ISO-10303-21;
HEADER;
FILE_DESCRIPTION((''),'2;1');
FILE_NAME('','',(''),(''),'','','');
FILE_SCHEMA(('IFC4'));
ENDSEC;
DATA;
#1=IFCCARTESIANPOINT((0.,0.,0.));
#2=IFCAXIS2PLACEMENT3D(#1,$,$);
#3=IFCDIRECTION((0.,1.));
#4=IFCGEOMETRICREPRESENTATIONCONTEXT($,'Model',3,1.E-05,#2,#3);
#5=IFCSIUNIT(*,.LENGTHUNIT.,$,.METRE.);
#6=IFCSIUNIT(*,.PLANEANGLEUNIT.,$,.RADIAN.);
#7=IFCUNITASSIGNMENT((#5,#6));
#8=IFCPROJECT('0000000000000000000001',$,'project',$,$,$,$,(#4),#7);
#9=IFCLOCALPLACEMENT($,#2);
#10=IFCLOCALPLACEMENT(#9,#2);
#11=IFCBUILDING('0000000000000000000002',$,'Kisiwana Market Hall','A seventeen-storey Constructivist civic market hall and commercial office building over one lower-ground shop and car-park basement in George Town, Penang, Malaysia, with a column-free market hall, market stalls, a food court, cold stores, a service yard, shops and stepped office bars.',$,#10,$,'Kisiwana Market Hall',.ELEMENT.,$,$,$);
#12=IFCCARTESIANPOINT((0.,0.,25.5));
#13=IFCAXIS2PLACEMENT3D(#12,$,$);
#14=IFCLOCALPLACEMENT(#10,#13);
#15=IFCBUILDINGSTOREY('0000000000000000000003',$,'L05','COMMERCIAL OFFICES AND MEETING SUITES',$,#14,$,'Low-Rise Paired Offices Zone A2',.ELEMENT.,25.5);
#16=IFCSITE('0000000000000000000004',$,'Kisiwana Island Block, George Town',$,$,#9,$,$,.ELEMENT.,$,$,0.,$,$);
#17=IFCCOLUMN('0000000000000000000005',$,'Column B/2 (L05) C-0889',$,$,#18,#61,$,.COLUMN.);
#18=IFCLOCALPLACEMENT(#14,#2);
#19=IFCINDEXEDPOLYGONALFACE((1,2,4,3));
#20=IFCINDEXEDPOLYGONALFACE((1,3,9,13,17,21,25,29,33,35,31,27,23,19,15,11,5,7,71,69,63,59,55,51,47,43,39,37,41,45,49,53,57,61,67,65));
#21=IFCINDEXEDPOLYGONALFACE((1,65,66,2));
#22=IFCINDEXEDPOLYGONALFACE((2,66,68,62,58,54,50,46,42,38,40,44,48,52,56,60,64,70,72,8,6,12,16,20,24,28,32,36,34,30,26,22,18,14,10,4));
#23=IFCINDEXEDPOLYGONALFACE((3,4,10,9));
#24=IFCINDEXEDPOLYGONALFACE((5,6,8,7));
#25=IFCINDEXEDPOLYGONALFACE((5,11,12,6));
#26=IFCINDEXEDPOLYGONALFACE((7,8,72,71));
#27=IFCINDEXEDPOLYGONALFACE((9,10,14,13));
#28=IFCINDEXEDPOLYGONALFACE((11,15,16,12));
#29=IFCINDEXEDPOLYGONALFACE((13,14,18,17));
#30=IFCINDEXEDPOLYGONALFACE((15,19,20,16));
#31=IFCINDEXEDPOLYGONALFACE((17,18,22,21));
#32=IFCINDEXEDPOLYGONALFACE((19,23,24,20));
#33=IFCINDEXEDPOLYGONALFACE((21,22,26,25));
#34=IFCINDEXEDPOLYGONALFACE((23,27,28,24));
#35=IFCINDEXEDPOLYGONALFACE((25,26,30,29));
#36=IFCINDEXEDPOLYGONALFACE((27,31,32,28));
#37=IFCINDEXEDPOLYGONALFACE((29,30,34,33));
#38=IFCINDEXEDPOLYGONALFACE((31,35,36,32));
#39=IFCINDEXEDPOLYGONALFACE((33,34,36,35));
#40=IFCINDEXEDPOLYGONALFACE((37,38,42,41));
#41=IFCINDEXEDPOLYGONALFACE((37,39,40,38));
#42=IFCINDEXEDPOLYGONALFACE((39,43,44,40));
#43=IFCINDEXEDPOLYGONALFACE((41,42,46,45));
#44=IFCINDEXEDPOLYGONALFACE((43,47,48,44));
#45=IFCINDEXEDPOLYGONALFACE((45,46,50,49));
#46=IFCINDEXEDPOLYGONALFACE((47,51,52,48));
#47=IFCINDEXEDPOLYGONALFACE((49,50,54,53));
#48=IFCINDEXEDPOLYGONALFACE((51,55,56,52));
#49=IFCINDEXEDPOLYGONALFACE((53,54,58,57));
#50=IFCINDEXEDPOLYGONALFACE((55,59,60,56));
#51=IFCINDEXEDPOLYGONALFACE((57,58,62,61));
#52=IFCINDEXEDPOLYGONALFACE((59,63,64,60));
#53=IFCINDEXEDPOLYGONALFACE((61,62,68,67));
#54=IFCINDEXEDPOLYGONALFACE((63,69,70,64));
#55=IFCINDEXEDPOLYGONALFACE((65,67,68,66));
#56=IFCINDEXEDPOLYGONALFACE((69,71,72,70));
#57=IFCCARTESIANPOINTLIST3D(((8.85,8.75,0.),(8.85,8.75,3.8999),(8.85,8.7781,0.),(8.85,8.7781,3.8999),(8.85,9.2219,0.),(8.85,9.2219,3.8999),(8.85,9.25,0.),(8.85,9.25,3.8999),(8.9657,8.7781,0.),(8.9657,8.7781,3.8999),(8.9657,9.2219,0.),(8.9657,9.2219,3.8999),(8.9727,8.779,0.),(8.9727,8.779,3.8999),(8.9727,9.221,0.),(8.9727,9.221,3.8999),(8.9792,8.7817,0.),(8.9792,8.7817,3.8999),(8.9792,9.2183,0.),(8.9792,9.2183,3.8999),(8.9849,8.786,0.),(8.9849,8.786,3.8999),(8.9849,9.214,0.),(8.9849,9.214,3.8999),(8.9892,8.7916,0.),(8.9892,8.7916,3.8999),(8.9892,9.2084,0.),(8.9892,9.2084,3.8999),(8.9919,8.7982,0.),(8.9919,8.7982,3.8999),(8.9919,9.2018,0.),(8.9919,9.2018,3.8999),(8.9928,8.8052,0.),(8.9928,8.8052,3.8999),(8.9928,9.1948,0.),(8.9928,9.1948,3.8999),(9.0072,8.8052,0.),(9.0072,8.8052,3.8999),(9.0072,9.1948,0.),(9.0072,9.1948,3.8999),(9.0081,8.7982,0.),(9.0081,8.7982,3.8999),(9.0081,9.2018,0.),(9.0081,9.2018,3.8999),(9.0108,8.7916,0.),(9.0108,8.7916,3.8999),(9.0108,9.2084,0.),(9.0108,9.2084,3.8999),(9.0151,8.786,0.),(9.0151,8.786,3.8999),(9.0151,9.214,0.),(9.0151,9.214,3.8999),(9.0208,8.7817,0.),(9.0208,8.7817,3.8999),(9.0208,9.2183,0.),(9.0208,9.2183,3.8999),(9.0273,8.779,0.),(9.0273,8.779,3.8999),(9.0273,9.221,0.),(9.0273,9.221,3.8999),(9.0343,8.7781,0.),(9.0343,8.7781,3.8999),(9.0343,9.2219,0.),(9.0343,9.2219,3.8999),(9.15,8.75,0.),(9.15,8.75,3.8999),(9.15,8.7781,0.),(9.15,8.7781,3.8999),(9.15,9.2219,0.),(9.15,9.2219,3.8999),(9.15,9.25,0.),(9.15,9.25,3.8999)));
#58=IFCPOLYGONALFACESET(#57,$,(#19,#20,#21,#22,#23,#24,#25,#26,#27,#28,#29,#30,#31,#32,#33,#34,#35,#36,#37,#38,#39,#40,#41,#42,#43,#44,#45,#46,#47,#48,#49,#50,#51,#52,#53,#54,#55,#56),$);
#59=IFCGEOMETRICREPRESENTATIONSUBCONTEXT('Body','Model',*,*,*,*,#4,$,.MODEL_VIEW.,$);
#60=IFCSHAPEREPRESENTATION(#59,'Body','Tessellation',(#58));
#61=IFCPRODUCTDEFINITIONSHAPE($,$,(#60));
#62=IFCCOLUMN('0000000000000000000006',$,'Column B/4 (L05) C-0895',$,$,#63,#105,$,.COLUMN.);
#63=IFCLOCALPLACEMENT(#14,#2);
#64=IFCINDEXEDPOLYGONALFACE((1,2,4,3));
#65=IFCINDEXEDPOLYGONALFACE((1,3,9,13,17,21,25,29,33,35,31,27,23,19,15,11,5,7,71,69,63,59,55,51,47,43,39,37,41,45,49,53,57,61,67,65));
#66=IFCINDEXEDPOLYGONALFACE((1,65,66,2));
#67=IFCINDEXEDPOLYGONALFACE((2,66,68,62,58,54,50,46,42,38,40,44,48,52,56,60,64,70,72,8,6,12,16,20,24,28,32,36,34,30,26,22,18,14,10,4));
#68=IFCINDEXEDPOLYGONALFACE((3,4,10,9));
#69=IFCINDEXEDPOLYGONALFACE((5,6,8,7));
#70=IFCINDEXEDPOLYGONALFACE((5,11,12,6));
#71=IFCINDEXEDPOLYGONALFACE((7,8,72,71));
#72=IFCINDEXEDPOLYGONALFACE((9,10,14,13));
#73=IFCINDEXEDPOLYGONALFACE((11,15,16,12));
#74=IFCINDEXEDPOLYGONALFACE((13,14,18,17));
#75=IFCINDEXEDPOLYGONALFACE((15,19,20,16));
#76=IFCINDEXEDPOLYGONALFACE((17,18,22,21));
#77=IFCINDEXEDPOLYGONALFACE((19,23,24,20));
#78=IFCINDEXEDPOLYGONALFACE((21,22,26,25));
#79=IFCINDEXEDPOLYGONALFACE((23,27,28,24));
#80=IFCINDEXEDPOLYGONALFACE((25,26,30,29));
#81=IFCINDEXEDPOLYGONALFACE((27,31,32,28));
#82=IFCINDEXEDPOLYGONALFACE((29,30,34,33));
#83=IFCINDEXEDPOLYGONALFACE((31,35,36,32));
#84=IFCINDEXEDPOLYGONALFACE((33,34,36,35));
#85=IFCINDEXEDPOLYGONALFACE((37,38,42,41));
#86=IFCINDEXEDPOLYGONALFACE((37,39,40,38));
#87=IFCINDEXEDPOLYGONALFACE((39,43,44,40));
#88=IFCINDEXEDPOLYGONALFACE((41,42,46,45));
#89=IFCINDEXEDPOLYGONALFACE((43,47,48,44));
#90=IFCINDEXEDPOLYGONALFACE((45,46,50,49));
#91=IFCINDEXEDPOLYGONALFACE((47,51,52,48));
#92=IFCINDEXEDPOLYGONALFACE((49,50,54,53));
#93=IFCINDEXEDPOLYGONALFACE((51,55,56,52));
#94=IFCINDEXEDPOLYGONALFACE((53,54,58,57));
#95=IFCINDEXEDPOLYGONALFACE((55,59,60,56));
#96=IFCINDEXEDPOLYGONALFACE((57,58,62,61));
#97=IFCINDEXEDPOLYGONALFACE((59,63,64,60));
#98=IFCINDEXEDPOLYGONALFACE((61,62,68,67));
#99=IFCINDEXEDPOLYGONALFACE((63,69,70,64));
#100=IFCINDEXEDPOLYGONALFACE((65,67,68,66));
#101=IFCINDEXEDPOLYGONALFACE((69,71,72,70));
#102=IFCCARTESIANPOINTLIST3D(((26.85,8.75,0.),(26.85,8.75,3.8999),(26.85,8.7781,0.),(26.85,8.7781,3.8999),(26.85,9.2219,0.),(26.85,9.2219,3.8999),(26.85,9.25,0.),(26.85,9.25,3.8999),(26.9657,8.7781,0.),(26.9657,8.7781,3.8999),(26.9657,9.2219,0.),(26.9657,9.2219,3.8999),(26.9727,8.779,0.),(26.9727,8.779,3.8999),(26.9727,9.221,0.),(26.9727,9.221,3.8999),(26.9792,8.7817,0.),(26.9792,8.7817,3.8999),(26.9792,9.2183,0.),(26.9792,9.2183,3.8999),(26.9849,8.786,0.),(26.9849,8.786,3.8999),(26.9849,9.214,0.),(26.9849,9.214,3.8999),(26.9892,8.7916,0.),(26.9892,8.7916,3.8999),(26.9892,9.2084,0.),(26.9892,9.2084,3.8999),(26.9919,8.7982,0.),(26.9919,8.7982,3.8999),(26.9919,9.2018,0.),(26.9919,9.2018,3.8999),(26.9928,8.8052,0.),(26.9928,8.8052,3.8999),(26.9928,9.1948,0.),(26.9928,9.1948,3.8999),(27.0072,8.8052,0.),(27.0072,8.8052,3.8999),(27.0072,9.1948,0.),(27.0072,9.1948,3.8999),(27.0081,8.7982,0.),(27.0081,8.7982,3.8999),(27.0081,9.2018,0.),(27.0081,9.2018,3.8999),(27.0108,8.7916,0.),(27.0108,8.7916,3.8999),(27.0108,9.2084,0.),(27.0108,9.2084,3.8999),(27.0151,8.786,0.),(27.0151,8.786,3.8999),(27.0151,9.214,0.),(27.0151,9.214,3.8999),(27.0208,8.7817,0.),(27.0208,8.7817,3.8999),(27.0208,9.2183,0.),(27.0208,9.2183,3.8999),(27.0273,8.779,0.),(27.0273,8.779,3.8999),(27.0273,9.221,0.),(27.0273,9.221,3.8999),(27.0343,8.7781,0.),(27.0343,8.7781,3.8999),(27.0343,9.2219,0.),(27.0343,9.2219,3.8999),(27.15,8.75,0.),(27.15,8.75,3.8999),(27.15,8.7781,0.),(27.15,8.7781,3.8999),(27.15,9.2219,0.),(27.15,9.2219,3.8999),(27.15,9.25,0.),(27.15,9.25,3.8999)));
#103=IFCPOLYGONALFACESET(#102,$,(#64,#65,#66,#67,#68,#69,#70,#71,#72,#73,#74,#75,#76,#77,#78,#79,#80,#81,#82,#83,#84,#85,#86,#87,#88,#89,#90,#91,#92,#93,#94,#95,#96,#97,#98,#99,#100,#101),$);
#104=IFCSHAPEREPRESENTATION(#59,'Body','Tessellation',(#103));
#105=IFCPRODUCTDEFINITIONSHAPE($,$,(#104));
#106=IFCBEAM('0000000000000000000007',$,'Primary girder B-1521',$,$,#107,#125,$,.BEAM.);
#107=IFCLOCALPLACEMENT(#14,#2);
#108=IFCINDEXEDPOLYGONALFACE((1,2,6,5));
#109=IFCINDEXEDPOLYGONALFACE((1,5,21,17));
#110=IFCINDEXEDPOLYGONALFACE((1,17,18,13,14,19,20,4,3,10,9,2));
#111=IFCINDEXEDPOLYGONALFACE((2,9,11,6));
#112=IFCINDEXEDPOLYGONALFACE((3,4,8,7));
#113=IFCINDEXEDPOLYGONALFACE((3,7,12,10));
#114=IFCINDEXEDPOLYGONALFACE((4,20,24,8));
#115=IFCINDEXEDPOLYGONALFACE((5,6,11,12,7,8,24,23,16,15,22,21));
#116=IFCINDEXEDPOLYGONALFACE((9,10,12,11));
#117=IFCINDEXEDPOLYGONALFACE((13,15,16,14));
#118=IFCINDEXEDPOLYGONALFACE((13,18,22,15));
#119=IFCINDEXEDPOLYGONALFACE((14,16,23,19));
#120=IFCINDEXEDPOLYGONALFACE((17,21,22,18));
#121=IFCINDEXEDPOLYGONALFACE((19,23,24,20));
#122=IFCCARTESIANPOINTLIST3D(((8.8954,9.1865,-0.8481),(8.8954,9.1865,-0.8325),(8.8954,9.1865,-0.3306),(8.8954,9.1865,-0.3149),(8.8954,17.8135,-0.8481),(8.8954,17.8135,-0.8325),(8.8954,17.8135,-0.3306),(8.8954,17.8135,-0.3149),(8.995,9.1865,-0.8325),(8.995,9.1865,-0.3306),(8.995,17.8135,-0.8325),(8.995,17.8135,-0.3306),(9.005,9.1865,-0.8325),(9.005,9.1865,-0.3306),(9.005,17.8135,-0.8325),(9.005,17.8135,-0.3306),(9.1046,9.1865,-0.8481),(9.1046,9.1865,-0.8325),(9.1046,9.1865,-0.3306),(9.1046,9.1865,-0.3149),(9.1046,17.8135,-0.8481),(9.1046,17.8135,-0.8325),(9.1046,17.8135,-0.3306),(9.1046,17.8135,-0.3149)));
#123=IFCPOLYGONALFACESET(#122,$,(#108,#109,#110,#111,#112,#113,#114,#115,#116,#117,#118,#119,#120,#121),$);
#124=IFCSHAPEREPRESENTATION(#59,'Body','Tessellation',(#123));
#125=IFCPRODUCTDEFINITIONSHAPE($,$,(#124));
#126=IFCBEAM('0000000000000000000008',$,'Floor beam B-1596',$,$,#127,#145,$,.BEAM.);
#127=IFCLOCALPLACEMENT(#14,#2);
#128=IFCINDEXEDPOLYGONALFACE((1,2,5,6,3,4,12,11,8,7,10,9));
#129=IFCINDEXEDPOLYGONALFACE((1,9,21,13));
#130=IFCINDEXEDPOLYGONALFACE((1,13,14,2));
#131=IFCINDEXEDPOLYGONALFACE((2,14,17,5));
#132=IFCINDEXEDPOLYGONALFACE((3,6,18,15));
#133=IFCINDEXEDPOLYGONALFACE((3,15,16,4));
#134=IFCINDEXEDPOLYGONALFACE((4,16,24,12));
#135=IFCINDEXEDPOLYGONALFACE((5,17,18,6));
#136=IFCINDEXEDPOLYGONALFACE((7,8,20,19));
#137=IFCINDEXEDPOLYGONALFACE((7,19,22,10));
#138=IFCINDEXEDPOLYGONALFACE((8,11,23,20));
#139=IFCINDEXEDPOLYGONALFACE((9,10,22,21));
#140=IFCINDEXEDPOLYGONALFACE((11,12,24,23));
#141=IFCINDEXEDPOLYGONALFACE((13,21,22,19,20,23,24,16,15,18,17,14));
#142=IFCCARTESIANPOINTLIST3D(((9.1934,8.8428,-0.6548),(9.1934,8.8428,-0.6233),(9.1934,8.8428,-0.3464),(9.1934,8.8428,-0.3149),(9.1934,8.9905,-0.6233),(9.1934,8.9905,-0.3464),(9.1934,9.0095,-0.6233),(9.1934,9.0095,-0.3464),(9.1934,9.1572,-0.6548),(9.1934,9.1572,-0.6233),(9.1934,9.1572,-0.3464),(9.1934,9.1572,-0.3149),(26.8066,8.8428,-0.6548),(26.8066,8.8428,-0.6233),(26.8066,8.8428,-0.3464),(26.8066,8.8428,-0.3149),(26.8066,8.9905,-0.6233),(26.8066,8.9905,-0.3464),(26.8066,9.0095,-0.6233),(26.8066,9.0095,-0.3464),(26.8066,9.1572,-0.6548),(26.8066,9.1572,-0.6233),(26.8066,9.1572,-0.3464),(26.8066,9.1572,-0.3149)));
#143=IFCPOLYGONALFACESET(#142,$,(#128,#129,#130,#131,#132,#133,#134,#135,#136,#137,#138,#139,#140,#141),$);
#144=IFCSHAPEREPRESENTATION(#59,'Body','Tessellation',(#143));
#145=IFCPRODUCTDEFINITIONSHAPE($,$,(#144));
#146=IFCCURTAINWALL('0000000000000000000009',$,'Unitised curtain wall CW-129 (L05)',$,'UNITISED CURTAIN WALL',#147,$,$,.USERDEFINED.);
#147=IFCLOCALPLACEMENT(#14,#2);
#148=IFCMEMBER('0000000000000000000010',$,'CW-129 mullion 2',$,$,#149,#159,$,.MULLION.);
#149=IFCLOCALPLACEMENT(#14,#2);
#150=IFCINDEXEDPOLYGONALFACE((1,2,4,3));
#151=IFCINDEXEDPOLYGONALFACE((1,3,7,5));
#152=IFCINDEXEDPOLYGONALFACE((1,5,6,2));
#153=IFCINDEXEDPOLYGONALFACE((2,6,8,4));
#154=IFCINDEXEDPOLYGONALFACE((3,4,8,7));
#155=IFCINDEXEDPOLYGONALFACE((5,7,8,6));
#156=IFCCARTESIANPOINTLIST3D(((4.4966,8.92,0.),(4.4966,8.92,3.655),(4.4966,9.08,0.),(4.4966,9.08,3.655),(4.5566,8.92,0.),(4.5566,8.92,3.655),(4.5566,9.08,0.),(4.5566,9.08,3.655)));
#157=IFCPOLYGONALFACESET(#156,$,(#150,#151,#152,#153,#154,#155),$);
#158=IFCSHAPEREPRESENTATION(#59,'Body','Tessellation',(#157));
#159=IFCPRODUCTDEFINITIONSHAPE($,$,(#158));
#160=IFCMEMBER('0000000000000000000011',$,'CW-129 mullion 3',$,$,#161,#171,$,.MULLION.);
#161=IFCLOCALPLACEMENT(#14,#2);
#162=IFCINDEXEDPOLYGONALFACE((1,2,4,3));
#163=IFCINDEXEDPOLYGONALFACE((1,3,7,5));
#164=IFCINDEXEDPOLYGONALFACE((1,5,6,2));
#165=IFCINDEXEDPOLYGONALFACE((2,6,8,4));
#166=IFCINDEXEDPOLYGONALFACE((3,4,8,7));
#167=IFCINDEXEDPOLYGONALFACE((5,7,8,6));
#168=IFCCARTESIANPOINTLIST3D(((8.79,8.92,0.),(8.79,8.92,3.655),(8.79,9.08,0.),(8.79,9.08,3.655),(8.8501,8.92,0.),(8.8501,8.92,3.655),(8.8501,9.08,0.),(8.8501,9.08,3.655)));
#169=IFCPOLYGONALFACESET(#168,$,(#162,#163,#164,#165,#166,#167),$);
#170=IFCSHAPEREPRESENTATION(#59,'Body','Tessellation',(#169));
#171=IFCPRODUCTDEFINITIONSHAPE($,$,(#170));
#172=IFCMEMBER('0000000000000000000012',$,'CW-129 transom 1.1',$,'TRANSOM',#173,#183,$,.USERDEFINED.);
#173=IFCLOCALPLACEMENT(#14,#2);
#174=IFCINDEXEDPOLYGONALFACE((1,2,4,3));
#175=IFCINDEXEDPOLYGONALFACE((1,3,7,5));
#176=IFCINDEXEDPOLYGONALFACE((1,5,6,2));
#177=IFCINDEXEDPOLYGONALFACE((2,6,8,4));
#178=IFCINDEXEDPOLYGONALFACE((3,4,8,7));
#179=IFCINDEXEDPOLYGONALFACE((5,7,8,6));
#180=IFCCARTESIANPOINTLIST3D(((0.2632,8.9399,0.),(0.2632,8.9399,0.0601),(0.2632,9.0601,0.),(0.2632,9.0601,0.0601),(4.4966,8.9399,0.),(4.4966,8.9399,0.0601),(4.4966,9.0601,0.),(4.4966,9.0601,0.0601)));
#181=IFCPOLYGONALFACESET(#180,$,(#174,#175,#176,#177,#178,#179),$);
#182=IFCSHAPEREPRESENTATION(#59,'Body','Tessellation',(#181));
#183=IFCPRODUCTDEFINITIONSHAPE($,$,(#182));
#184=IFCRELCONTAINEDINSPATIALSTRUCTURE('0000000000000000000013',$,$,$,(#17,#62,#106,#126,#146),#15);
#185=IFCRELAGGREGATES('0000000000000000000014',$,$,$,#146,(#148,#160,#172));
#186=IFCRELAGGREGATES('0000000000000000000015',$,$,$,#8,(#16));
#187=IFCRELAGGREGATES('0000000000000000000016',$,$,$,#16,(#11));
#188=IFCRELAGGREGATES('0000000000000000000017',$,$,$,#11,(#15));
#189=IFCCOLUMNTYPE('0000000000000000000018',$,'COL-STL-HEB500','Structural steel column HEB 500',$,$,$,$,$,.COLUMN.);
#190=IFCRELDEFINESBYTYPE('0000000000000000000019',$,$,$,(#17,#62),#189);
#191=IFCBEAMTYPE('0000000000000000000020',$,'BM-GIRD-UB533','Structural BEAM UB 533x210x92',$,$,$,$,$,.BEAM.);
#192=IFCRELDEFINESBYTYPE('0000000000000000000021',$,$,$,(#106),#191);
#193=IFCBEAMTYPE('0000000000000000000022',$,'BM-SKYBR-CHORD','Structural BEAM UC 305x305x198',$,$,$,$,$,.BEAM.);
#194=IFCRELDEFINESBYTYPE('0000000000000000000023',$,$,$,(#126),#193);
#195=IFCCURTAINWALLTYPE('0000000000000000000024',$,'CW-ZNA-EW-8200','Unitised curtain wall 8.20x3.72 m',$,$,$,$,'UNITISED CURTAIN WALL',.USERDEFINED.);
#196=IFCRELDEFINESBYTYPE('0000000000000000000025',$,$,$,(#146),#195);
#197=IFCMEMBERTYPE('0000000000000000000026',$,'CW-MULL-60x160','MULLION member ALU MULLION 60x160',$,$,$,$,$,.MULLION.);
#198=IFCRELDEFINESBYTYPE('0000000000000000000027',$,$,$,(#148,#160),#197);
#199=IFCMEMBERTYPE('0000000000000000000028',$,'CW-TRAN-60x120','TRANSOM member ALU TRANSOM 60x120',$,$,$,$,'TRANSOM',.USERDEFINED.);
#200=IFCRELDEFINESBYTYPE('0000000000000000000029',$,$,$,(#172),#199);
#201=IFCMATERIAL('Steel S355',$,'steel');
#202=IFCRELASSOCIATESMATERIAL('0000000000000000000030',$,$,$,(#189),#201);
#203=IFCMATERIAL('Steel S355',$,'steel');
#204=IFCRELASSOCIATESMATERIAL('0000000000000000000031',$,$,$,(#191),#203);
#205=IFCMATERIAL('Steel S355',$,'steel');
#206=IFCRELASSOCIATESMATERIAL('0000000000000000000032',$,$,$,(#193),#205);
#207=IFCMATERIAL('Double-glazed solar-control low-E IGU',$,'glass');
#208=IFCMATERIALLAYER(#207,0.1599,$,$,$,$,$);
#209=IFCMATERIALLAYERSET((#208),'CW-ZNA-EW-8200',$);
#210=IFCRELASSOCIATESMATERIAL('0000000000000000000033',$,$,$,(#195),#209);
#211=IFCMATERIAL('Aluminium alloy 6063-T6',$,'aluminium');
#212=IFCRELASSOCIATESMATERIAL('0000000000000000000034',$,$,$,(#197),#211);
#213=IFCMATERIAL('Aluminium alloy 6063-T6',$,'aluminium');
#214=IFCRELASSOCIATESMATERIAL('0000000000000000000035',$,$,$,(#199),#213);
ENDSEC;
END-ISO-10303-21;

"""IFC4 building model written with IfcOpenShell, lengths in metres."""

from ifc_helpers import new_model, si_unit, direction, frame, origin, origin_2d, place, context, subcontext, project, spatial, rectangle, i_section, extrude, material, layer, layer_set, material_profile, profile_set, type_object, element, aggregate, save


model = new_model("IFC4")

# Units and contexts
model_context = context("Model", 3, precision=1e-05, world=origin(), true_north=direction((0.0, 1.0)))
body_context = subcontext(model_context, "Body", "Model", "MODEL_VIEW")
ifc_project = project(units=[si_unit("LENGTHUNIT", "METRE"), si_unit("PLANEANGLEUNIT", "RADIAN")], contexts=[model_context])

# Site, building, storey
site_placement = place(None, origin())
site = spatial("IfcSite", under=ifc_project, at=site_placement, Name="Kisiwana Island Block, George Town", CompositionType="ELEMENT", RefElevation=0.0)
building_placement = place(site_placement, origin())
building = spatial("IfcBuilding", under=site, at=building_placement, Name="Kisiwana Market Hall", Description="A seventeen-storey Constructivist civic market hall and commercial office building over one lower-ground shop and car-park basement in George Town, Penang, Malaysia, with a column-free market hall, market stalls, a food court, cold stores, a service yard, shops and stepped office bars.", LongName="Kisiwana Market Hall", CompositionType="ELEMENT")
storey_placement = place(building_placement, frame((0.0, 0.0, 25.5)))
storey = spatial("IfcBuildingStorey", under=building, at=storey_placement, Name="L05", Description="COMMERCIAL OFFICES AND MEETING SUITES", LongName="Low-Rise Paired Offices Zone A2", CompositionType="ELEMENT", Elevation=25.5)

# Columns
ifc_material_1 = material(Name="Steel S355", Category="steel")
ifc_material_profile_1 = material_profile(ifc_material_1, i_section(OverallWidth=0.3, OverallDepth=0.5, WebThickness=0.0144, FlangeThickness=0.0281, FilletRadius=0.0271, at=origin_2d()), Name="HEB 500")
ifc_profile_set_1 = profile_set([ifc_material_profile_1], Name="Steel S355")
column_type = type_object("IfcColumnType", Name="COL-STL-HEB500", Description="Structural steel column HEB 500", PredefinedType="COLUMN", material=ifc_profile_set_1)
for number, where, z_axis, x_axis, name in (
    (1, (9.0, 9.0, 0.0), (0.0, 0.0, 1.0), (1.0, 0.0, 0.0), "Column B/2 (L05) C-0889"),
    (2, (27.0, 9.0, 0.0), (0.0, 0.0, 1.0), (1.0, 0.0, 0.0), "Column B/4 (L05) C-0895"),
):
    element("IfcColumn", number, at=place(storey_placement, frame(where, z_axis=z_axis, x_axis=x_axis)), inside=storey, type_object=column_type, Name=name, PredefinedType="COLUMN", context=body_context, shape_type="SweptSolid", body=[
        extrude(i_section(OverallWidth=0.3, OverallDepth=0.5, WebThickness=0.0144, FlangeThickness=0.0281, FilletRadius=0.0271, at=origin_2d()), origin(), (0.0, 0.0, 1.0), 3.8999),
    ])

# Beams
ifc_material_2 = material(Name="Steel S355", Category="steel")
ifc_material_profile_2 = material_profile(ifc_material_2, i_section(OverallWidth=0.2092, OverallDepth=0.5332, WebThickness=0.01, FlangeThickness=0.0156, at=origin_2d()), Name="UB 533x210x92")
ifc_profile_set_2 = profile_set([ifc_material_profile_2], Name="Steel S355")
beam_type_1 = type_object("IfcBeamType", Name="BM-GIRD-UB533", Description="Structural BEAM UB 533x210x92", PredefinedType="BEAM", material=ifc_profile_set_2)
beam_1_placement = place(storey_placement, frame((9.0, 9.1865, -0.5815), z_axis=(0.0, 1.0, 0.0), x_axis=(-1.0, 0.0, 0.0)))
element("IfcBeam", 3, at=beam_1_placement, inside=storey, type_object=beam_type_1, Name="Primary girder B-1521", PredefinedType="BEAM", context=body_context, shape_type="SweptSolid", body=[
    extrude(i_section(OverallWidth=0.2092, OverallDepth=0.5332, WebThickness=0.01, FlangeThickness=0.0156, at=origin_2d()), origin(), (0.0, 0.0, 1.0), 8.627),
])
ifc_material_3 = material(Name="Steel S355", Category="steel")
ifc_material_profile_3 = material_profile(ifc_material_3, i_section(OverallWidth=0.3145, OverallDepth=0.3398, WebThickness=0.019, FlangeThickness=0.0315, at=origin_2d()), Name="UC 305x305x198")
ifc_profile_set_3 = profile_set([ifc_material_profile_3], Name="Steel S355")
beam_type_2 = type_object("IfcBeamType", Name="BM-SKYBR-CHORD", Description="Structural BEAM UC 305x305x198", PredefinedType="BEAM", material=ifc_profile_set_3)
beam_2_placement = place(storey_placement, frame((9.1934, 9.0, -0.4849), z_axis=(1.0, 0.0, 0.0), x_axis=(0.0, 1.0, 0.0)))
element("IfcBeam", 4, at=beam_2_placement, inside=storey, type_object=beam_type_2, Name="Floor beam B-1596", PredefinedType="BEAM", context=body_context, shape_type="SweptSolid", body=[
    extrude(i_section(OverallWidth=0.3145, OverallDepth=0.3398, WebThickness=0.019, FlangeThickness=0.0315, at=origin_2d()), origin(), (0.0, 0.0, 1.0), 17.6133),
])

# Curtain wall, members
ifc_material_4 = material(Name="Double-glazed solar-control low-E IGU", Category="glass")
ifc_layer_1 = layer(ifc_material_4, 0.1599)
ifc_layer_set_1 = layer_set([ifc_layer_1], Name="CW-ZNA-EW-8200")
curtain_wall_type = type_object("IfcCurtainWallType", Name="CW-ZNA-EW-8200", Description="Unitised curtain wall 8.20x3.72 m", ElementType="UNITISED CURTAIN WALL", PredefinedType="USERDEFINED", material=ifc_layer_set_1)
curtain_wall_placement = place(storey_placement, origin())
curtain_wall = element("IfcCurtainWall", 5, at=curtain_wall_placement, inside=storey, type_object=curtain_wall_type, Name="Unitised curtain wall CW-129 (L05)", ObjectType="UNITISED CURTAIN WALL", PredefinedType="USERDEFINED")
ifc_material_5 = material(Name="Aluminium alloy 6063-T6", Category="aluminium")
ifc_material_profile_4 = material_profile(ifc_material_5, rectangle(XDim=0.0601, YDim=0.1599, at=origin_2d()), Name="ALU MULLION 60x160")
ifc_profile_set_4 = profile_set([ifc_material_profile_4], Name="Aluminium alloy 6063-T6")
member_type_1 = type_object("IfcMemberType", Name="CW-MULL-60x160", Description="MULLION member ALU MULLION 60x160", PredefinedType="MULLION", material=ifc_profile_set_4)
member_1_placement = place(storey_placement, frame((4.5266, 9.0, 0.0), z_axis=(0.0, 0.0, 1.0), x_axis=(1.0, 0.0, 0.0)))
member_1 = element("IfcMember", 6, at=member_1_placement, type_object=member_type_1, Name="CW-129 mullion 2", PredefinedType="MULLION", context=body_context, shape_type="SweptSolid", body=[
    extrude(rectangle(XDim=0.0601, YDim=0.1599, at=origin_2d()), origin(), (0.0, 0.0, 1.0), 3.655),
])
member_2_placement = place(storey_placement, frame((8.8201, 9.0, 0.0), z_axis=(0.0, 0.0, 1.0), x_axis=(1.0, 0.0, 0.0)))
member_2 = element("IfcMember", 7, at=member_2_placement, type_object=member_type_1, Name="CW-129 mullion 3", PredefinedType="MULLION", context=body_context, shape_type="SweptSolid", body=[
    extrude(rectangle(XDim=0.0601, YDim=0.1599, at=origin_2d()), origin(), (0.0, 0.0, 1.0), 3.655),
])
ifc_material_6 = material(Name="Aluminium alloy 6063-T6", Category="aluminium")
ifc_material_profile_5 = material_profile(ifc_material_6, rectangle(XDim=0.1201, YDim=0.0601, at=origin_2d()), Name="ALU TRANSOM 60x120")
ifc_profile_set_5 = profile_set([ifc_material_profile_5], Name="Aluminium alloy 6063-T6")
member_type_2 = type_object("IfcMemberType", Name="CW-TRAN-60x120", Description="TRANSOM member ALU TRANSOM 60x120", ElementType="TRANSOM", PredefinedType="USERDEFINED", material=ifc_profile_set_5)
member_3_placement = place(storey_placement, frame((0.2632, 9.0, 0.03), z_axis=(1.0, 0.0, 0.0), x_axis=(0.0, 1.0, 0.0)))
member_3 = element("IfcMember", 8, at=member_3_placement, type_object=member_type_2, Name="CW-129 transom 1.1", ObjectType="TRANSOM", PredefinedType="USERDEFINED", context=body_context, shape_type="SweptSolid", body=[
    extrude(rectangle(XDim=0.1201, YDim=0.0601, at=origin_2d()), origin(), (0.0, 0.0, 1.0), 4.2334),
])
aggregate(curtain_wall, [member_1, member_2, member_3])

save(model, "model.ifc")
